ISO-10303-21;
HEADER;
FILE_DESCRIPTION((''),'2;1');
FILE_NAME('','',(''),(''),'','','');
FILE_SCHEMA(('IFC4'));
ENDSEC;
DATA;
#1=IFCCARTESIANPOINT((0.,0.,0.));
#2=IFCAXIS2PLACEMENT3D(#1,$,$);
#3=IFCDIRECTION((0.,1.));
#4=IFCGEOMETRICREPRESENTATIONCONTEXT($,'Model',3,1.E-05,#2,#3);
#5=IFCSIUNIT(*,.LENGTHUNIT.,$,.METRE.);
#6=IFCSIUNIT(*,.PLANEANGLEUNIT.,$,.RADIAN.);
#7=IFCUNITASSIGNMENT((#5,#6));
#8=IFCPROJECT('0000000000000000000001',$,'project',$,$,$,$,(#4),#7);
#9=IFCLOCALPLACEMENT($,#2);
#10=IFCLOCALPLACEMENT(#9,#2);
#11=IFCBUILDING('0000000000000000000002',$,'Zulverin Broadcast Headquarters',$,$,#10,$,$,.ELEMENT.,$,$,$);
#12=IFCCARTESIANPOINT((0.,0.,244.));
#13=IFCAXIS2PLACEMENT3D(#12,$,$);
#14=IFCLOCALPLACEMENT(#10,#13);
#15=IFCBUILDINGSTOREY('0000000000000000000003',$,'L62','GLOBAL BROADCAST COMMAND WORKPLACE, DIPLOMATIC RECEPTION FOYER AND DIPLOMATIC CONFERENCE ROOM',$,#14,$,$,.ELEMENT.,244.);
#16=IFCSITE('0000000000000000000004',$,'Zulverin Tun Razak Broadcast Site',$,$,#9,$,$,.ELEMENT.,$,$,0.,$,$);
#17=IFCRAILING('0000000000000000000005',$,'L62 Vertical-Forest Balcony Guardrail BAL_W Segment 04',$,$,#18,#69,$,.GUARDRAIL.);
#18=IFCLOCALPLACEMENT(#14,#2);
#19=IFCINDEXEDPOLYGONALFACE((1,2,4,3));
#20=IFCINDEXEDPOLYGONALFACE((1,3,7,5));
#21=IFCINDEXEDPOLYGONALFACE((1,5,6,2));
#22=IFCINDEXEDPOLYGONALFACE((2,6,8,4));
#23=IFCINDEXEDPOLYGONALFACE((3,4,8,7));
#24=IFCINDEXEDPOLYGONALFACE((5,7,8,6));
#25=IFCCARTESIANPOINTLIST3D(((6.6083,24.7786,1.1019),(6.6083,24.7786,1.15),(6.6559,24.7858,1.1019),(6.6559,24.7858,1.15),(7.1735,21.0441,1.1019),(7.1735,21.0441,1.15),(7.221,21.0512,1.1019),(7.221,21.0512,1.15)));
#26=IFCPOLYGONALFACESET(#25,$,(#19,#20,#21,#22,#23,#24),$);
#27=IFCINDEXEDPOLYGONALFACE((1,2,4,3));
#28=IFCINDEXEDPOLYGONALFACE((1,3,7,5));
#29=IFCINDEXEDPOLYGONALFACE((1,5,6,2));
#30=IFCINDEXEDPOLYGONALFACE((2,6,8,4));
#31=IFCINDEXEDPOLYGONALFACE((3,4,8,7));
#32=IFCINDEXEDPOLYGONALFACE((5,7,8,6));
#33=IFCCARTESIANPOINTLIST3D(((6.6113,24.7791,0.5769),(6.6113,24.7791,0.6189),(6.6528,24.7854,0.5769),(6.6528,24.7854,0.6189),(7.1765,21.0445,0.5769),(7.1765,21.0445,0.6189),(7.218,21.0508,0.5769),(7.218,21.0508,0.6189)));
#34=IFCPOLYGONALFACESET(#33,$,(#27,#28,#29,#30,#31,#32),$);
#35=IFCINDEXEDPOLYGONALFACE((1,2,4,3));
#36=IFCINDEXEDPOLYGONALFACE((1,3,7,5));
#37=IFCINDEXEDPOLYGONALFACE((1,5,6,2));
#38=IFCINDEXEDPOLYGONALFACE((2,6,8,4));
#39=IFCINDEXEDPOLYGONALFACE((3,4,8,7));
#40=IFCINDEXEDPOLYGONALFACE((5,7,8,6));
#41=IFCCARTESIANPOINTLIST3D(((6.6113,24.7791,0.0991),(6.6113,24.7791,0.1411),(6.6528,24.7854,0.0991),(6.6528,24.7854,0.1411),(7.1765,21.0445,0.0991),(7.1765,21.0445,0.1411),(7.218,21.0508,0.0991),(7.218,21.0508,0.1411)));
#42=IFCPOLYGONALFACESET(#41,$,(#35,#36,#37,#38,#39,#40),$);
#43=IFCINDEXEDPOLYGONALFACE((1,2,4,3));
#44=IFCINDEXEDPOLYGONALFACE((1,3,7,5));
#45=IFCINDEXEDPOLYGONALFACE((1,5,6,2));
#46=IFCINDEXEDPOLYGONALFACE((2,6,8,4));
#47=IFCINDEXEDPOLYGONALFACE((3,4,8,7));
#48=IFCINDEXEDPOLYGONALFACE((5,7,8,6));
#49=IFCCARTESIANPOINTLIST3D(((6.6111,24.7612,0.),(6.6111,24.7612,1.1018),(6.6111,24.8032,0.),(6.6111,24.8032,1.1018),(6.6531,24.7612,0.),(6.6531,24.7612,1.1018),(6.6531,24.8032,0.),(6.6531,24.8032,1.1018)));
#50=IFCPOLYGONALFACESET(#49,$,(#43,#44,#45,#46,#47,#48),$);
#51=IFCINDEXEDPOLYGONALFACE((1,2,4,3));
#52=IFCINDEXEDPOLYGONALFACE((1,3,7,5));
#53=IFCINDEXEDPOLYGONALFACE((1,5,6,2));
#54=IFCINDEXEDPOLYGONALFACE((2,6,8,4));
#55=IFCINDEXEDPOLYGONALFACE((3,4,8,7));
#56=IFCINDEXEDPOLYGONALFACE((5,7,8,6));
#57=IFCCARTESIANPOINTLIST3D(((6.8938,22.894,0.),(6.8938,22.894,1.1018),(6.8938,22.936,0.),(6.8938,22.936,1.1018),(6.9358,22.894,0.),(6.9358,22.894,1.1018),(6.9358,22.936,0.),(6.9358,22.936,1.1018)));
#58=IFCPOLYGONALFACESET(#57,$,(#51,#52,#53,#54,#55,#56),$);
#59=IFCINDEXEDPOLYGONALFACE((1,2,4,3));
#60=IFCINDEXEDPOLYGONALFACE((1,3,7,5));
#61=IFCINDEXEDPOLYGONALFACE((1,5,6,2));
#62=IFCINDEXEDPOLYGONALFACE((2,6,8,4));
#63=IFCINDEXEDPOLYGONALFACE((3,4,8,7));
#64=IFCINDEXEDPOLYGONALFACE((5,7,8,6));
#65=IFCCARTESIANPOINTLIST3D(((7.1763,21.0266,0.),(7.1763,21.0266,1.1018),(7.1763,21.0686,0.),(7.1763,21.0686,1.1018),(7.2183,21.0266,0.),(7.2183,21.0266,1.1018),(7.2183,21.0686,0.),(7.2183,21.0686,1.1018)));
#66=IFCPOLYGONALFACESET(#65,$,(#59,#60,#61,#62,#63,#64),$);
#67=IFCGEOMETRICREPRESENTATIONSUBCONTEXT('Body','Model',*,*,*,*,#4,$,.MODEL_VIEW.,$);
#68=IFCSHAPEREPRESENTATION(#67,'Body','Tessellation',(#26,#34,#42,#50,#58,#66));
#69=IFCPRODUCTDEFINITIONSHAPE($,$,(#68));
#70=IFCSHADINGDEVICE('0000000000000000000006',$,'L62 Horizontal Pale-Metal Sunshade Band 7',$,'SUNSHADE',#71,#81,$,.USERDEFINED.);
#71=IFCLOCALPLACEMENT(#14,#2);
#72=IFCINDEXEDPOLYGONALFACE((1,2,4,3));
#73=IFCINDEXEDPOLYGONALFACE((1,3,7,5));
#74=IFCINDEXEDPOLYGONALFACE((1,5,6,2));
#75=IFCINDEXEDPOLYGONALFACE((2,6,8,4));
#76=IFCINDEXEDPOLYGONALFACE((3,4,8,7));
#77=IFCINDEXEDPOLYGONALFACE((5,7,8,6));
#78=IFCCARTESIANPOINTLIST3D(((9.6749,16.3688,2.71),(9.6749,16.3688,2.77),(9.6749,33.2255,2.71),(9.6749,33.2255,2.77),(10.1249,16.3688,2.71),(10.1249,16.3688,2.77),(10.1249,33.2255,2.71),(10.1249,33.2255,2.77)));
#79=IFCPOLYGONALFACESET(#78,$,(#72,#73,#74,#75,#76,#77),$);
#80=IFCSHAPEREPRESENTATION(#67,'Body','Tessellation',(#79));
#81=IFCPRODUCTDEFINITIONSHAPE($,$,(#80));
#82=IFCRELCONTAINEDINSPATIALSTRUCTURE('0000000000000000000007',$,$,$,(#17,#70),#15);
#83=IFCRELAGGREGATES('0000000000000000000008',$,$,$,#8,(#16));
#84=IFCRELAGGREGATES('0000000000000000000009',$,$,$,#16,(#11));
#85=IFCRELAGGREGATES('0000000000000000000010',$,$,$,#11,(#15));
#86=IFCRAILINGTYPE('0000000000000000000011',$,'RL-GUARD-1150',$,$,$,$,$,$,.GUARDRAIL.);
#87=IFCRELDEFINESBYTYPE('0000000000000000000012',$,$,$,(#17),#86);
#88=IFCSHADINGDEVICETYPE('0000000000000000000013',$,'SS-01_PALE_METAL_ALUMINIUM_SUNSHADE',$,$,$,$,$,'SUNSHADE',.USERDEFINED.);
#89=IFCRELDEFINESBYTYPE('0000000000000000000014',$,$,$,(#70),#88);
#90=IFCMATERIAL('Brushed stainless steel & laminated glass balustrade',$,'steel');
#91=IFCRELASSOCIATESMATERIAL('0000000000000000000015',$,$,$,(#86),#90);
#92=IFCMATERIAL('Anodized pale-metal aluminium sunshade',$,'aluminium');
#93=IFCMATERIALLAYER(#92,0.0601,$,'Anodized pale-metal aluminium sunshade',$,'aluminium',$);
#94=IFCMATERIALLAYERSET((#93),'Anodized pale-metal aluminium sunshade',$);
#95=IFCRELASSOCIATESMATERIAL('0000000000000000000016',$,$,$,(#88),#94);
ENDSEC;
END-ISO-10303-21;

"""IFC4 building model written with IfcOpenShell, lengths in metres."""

from ifc_helpers import new_model, si_unit, direction, frame, origin, origin_2d, place, context, subcontext, project, spatial, rectangle, extrude, material, layer, layer_set, type_object, element, save


model = new_model("IFC4")

# Units and contexts
model_context = context("Model", 3, precision=1e-05, world=origin(), true_north=direction((0.0, 1.0)))
body_context = subcontext(model_context, "Body", "Model", "MODEL_VIEW")
ifc_project = project(units=[si_unit("LENGTHUNIT", "METRE"), si_unit("PLANEANGLEUNIT", "RADIAN")], contexts=[model_context])

# Site, building, storey
site_placement = place(None, origin())
site = spatial("IfcSite", under=ifc_project, at=site_placement, Name="Zulverin Tun Razak Broadcast Site", CompositionType="ELEMENT", RefElevation=0.0)
building_placement = place(site_placement, origin())
building = spatial("IfcBuilding", under=site, at=building_placement, Name="Zulverin Broadcast Headquarters", CompositionType="ELEMENT")
storey_placement = place(building_placement, frame((0.0, 0.0, 244.0)))
storey = spatial("IfcBuildingStorey", under=building, at=storey_placement, Name="L62", Description="GLOBAL BROADCAST COMMAND WORKPLACE, DIPLOMATIC RECEPTION FOYER AND DIPLOMATIC CONFERENCE ROOM", CompositionType="ELEMENT", Elevation=244.0)

# Railing
ifc_material_1 = material(Name="Brushed stainless steel & laminated glass balustrade", Category="steel")
railing_type = type_object("IfcRailingType", Name="RL-GUARD-1150", PredefinedType="GUARDRAIL", material=ifc_material_1)
railing_1_placement = place(storey_placement, frame((6.6321, 24.7822, 0.0)))
element("IfcRailing", 1, at=railing_1_placement, inside=storey, type_object=railing_type, Name="L62 Vertical-Forest Balcony Guardrail BAL_W Segment 04", PredefinedType="GUARDRAIL", context=body_context, shape_type="SweptSolid", body=[
    extrude(rectangle(XDim=0.0481, YDim=0.0481, at=origin_2d()), frame((0.0, 0.0, 1.126), z_axis=(0.149633, -0.988742, 0.0), x_axis=(0.988742, 0.149633, 0.0)), (0.0, 0.0, 1.0), 3.7771),
    extrude(rectangle(XDim=0.042, YDim=0.042, at=origin_2d()), frame((0.0, 0.0, 0.5979), z_axis=(0.149633, -0.988742, 0.0), x_axis=(0.988742, 0.149633, 0.0)), (0.0, 0.0, 1.0), 3.7771),
    extrude(rectangle(XDim=0.042, YDim=0.042, at=origin_2d()), frame((0.0, 0.0, 0.1201), z_axis=(0.149633, -0.988742, 0.0), x_axis=(0.988742, 0.149633, 0.0)), (0.0, 0.0, 1.0), 3.7771),
    extrude(rectangle(XDim=0.042, YDim=0.042, at=origin_2d()), origin(), (0.0, 0.0, 1.0), 1.1018),
    extrude(rectangle(XDim=0.042, YDim=0.042, at=origin_2d()), frame((0.2827, -1.8672, 0.0)), (0.0, 0.0, 1.0), 1.1018),
    extrude(rectangle(XDim=0.042, YDim=0.042, at=origin_2d()), frame((0.5652, -3.7346, 0.0)), (0.0, 0.0, 1.0), 1.1018),
])

# Shading device
ifc_material_2 = material(Name="Anodized pale-metal aluminium sunshade", Category="aluminium")
ifc_layer_1 = layer(ifc_material_2, 0.0601, Name="Anodized pale-metal aluminium sunshade", Category="aluminium")
ifc_layer_set_1 = layer_set([ifc_layer_1], Name="Anodized pale-metal aluminium sunshade")
shading_device_type = type_object("IfcShadingDeviceType", Name="SS-01_PALE_METAL_ALUMINIUM_SUNSHADE", ElementType="SUNSHADE", PredefinedType="USERDEFINED", material=ifc_layer_set_1)
shading_device_placement = place(storey_placement, frame((9.8999, 24.7971, 2.71), z_axis=(0.0, 0.0, 1.0), x_axis=(0.0, -1.0, 0.0)))
element("IfcShadingDevice", 2, at=shading_device_placement, inside=storey, type_object=shading_device_type, Name="L62 Horizontal Pale-Metal Sunshade Band 7", ObjectType="SUNSHADE", PredefinedType="USERDEFINED", context=body_context, shape_type="SweptSolid", body=[
    extrude(rectangle(XDim=16.8567, YDim=0.45, at=origin_2d()), origin(), (0.0, 0.0, 1.0), 0.0601),
])

save(model, "model.ifc")
